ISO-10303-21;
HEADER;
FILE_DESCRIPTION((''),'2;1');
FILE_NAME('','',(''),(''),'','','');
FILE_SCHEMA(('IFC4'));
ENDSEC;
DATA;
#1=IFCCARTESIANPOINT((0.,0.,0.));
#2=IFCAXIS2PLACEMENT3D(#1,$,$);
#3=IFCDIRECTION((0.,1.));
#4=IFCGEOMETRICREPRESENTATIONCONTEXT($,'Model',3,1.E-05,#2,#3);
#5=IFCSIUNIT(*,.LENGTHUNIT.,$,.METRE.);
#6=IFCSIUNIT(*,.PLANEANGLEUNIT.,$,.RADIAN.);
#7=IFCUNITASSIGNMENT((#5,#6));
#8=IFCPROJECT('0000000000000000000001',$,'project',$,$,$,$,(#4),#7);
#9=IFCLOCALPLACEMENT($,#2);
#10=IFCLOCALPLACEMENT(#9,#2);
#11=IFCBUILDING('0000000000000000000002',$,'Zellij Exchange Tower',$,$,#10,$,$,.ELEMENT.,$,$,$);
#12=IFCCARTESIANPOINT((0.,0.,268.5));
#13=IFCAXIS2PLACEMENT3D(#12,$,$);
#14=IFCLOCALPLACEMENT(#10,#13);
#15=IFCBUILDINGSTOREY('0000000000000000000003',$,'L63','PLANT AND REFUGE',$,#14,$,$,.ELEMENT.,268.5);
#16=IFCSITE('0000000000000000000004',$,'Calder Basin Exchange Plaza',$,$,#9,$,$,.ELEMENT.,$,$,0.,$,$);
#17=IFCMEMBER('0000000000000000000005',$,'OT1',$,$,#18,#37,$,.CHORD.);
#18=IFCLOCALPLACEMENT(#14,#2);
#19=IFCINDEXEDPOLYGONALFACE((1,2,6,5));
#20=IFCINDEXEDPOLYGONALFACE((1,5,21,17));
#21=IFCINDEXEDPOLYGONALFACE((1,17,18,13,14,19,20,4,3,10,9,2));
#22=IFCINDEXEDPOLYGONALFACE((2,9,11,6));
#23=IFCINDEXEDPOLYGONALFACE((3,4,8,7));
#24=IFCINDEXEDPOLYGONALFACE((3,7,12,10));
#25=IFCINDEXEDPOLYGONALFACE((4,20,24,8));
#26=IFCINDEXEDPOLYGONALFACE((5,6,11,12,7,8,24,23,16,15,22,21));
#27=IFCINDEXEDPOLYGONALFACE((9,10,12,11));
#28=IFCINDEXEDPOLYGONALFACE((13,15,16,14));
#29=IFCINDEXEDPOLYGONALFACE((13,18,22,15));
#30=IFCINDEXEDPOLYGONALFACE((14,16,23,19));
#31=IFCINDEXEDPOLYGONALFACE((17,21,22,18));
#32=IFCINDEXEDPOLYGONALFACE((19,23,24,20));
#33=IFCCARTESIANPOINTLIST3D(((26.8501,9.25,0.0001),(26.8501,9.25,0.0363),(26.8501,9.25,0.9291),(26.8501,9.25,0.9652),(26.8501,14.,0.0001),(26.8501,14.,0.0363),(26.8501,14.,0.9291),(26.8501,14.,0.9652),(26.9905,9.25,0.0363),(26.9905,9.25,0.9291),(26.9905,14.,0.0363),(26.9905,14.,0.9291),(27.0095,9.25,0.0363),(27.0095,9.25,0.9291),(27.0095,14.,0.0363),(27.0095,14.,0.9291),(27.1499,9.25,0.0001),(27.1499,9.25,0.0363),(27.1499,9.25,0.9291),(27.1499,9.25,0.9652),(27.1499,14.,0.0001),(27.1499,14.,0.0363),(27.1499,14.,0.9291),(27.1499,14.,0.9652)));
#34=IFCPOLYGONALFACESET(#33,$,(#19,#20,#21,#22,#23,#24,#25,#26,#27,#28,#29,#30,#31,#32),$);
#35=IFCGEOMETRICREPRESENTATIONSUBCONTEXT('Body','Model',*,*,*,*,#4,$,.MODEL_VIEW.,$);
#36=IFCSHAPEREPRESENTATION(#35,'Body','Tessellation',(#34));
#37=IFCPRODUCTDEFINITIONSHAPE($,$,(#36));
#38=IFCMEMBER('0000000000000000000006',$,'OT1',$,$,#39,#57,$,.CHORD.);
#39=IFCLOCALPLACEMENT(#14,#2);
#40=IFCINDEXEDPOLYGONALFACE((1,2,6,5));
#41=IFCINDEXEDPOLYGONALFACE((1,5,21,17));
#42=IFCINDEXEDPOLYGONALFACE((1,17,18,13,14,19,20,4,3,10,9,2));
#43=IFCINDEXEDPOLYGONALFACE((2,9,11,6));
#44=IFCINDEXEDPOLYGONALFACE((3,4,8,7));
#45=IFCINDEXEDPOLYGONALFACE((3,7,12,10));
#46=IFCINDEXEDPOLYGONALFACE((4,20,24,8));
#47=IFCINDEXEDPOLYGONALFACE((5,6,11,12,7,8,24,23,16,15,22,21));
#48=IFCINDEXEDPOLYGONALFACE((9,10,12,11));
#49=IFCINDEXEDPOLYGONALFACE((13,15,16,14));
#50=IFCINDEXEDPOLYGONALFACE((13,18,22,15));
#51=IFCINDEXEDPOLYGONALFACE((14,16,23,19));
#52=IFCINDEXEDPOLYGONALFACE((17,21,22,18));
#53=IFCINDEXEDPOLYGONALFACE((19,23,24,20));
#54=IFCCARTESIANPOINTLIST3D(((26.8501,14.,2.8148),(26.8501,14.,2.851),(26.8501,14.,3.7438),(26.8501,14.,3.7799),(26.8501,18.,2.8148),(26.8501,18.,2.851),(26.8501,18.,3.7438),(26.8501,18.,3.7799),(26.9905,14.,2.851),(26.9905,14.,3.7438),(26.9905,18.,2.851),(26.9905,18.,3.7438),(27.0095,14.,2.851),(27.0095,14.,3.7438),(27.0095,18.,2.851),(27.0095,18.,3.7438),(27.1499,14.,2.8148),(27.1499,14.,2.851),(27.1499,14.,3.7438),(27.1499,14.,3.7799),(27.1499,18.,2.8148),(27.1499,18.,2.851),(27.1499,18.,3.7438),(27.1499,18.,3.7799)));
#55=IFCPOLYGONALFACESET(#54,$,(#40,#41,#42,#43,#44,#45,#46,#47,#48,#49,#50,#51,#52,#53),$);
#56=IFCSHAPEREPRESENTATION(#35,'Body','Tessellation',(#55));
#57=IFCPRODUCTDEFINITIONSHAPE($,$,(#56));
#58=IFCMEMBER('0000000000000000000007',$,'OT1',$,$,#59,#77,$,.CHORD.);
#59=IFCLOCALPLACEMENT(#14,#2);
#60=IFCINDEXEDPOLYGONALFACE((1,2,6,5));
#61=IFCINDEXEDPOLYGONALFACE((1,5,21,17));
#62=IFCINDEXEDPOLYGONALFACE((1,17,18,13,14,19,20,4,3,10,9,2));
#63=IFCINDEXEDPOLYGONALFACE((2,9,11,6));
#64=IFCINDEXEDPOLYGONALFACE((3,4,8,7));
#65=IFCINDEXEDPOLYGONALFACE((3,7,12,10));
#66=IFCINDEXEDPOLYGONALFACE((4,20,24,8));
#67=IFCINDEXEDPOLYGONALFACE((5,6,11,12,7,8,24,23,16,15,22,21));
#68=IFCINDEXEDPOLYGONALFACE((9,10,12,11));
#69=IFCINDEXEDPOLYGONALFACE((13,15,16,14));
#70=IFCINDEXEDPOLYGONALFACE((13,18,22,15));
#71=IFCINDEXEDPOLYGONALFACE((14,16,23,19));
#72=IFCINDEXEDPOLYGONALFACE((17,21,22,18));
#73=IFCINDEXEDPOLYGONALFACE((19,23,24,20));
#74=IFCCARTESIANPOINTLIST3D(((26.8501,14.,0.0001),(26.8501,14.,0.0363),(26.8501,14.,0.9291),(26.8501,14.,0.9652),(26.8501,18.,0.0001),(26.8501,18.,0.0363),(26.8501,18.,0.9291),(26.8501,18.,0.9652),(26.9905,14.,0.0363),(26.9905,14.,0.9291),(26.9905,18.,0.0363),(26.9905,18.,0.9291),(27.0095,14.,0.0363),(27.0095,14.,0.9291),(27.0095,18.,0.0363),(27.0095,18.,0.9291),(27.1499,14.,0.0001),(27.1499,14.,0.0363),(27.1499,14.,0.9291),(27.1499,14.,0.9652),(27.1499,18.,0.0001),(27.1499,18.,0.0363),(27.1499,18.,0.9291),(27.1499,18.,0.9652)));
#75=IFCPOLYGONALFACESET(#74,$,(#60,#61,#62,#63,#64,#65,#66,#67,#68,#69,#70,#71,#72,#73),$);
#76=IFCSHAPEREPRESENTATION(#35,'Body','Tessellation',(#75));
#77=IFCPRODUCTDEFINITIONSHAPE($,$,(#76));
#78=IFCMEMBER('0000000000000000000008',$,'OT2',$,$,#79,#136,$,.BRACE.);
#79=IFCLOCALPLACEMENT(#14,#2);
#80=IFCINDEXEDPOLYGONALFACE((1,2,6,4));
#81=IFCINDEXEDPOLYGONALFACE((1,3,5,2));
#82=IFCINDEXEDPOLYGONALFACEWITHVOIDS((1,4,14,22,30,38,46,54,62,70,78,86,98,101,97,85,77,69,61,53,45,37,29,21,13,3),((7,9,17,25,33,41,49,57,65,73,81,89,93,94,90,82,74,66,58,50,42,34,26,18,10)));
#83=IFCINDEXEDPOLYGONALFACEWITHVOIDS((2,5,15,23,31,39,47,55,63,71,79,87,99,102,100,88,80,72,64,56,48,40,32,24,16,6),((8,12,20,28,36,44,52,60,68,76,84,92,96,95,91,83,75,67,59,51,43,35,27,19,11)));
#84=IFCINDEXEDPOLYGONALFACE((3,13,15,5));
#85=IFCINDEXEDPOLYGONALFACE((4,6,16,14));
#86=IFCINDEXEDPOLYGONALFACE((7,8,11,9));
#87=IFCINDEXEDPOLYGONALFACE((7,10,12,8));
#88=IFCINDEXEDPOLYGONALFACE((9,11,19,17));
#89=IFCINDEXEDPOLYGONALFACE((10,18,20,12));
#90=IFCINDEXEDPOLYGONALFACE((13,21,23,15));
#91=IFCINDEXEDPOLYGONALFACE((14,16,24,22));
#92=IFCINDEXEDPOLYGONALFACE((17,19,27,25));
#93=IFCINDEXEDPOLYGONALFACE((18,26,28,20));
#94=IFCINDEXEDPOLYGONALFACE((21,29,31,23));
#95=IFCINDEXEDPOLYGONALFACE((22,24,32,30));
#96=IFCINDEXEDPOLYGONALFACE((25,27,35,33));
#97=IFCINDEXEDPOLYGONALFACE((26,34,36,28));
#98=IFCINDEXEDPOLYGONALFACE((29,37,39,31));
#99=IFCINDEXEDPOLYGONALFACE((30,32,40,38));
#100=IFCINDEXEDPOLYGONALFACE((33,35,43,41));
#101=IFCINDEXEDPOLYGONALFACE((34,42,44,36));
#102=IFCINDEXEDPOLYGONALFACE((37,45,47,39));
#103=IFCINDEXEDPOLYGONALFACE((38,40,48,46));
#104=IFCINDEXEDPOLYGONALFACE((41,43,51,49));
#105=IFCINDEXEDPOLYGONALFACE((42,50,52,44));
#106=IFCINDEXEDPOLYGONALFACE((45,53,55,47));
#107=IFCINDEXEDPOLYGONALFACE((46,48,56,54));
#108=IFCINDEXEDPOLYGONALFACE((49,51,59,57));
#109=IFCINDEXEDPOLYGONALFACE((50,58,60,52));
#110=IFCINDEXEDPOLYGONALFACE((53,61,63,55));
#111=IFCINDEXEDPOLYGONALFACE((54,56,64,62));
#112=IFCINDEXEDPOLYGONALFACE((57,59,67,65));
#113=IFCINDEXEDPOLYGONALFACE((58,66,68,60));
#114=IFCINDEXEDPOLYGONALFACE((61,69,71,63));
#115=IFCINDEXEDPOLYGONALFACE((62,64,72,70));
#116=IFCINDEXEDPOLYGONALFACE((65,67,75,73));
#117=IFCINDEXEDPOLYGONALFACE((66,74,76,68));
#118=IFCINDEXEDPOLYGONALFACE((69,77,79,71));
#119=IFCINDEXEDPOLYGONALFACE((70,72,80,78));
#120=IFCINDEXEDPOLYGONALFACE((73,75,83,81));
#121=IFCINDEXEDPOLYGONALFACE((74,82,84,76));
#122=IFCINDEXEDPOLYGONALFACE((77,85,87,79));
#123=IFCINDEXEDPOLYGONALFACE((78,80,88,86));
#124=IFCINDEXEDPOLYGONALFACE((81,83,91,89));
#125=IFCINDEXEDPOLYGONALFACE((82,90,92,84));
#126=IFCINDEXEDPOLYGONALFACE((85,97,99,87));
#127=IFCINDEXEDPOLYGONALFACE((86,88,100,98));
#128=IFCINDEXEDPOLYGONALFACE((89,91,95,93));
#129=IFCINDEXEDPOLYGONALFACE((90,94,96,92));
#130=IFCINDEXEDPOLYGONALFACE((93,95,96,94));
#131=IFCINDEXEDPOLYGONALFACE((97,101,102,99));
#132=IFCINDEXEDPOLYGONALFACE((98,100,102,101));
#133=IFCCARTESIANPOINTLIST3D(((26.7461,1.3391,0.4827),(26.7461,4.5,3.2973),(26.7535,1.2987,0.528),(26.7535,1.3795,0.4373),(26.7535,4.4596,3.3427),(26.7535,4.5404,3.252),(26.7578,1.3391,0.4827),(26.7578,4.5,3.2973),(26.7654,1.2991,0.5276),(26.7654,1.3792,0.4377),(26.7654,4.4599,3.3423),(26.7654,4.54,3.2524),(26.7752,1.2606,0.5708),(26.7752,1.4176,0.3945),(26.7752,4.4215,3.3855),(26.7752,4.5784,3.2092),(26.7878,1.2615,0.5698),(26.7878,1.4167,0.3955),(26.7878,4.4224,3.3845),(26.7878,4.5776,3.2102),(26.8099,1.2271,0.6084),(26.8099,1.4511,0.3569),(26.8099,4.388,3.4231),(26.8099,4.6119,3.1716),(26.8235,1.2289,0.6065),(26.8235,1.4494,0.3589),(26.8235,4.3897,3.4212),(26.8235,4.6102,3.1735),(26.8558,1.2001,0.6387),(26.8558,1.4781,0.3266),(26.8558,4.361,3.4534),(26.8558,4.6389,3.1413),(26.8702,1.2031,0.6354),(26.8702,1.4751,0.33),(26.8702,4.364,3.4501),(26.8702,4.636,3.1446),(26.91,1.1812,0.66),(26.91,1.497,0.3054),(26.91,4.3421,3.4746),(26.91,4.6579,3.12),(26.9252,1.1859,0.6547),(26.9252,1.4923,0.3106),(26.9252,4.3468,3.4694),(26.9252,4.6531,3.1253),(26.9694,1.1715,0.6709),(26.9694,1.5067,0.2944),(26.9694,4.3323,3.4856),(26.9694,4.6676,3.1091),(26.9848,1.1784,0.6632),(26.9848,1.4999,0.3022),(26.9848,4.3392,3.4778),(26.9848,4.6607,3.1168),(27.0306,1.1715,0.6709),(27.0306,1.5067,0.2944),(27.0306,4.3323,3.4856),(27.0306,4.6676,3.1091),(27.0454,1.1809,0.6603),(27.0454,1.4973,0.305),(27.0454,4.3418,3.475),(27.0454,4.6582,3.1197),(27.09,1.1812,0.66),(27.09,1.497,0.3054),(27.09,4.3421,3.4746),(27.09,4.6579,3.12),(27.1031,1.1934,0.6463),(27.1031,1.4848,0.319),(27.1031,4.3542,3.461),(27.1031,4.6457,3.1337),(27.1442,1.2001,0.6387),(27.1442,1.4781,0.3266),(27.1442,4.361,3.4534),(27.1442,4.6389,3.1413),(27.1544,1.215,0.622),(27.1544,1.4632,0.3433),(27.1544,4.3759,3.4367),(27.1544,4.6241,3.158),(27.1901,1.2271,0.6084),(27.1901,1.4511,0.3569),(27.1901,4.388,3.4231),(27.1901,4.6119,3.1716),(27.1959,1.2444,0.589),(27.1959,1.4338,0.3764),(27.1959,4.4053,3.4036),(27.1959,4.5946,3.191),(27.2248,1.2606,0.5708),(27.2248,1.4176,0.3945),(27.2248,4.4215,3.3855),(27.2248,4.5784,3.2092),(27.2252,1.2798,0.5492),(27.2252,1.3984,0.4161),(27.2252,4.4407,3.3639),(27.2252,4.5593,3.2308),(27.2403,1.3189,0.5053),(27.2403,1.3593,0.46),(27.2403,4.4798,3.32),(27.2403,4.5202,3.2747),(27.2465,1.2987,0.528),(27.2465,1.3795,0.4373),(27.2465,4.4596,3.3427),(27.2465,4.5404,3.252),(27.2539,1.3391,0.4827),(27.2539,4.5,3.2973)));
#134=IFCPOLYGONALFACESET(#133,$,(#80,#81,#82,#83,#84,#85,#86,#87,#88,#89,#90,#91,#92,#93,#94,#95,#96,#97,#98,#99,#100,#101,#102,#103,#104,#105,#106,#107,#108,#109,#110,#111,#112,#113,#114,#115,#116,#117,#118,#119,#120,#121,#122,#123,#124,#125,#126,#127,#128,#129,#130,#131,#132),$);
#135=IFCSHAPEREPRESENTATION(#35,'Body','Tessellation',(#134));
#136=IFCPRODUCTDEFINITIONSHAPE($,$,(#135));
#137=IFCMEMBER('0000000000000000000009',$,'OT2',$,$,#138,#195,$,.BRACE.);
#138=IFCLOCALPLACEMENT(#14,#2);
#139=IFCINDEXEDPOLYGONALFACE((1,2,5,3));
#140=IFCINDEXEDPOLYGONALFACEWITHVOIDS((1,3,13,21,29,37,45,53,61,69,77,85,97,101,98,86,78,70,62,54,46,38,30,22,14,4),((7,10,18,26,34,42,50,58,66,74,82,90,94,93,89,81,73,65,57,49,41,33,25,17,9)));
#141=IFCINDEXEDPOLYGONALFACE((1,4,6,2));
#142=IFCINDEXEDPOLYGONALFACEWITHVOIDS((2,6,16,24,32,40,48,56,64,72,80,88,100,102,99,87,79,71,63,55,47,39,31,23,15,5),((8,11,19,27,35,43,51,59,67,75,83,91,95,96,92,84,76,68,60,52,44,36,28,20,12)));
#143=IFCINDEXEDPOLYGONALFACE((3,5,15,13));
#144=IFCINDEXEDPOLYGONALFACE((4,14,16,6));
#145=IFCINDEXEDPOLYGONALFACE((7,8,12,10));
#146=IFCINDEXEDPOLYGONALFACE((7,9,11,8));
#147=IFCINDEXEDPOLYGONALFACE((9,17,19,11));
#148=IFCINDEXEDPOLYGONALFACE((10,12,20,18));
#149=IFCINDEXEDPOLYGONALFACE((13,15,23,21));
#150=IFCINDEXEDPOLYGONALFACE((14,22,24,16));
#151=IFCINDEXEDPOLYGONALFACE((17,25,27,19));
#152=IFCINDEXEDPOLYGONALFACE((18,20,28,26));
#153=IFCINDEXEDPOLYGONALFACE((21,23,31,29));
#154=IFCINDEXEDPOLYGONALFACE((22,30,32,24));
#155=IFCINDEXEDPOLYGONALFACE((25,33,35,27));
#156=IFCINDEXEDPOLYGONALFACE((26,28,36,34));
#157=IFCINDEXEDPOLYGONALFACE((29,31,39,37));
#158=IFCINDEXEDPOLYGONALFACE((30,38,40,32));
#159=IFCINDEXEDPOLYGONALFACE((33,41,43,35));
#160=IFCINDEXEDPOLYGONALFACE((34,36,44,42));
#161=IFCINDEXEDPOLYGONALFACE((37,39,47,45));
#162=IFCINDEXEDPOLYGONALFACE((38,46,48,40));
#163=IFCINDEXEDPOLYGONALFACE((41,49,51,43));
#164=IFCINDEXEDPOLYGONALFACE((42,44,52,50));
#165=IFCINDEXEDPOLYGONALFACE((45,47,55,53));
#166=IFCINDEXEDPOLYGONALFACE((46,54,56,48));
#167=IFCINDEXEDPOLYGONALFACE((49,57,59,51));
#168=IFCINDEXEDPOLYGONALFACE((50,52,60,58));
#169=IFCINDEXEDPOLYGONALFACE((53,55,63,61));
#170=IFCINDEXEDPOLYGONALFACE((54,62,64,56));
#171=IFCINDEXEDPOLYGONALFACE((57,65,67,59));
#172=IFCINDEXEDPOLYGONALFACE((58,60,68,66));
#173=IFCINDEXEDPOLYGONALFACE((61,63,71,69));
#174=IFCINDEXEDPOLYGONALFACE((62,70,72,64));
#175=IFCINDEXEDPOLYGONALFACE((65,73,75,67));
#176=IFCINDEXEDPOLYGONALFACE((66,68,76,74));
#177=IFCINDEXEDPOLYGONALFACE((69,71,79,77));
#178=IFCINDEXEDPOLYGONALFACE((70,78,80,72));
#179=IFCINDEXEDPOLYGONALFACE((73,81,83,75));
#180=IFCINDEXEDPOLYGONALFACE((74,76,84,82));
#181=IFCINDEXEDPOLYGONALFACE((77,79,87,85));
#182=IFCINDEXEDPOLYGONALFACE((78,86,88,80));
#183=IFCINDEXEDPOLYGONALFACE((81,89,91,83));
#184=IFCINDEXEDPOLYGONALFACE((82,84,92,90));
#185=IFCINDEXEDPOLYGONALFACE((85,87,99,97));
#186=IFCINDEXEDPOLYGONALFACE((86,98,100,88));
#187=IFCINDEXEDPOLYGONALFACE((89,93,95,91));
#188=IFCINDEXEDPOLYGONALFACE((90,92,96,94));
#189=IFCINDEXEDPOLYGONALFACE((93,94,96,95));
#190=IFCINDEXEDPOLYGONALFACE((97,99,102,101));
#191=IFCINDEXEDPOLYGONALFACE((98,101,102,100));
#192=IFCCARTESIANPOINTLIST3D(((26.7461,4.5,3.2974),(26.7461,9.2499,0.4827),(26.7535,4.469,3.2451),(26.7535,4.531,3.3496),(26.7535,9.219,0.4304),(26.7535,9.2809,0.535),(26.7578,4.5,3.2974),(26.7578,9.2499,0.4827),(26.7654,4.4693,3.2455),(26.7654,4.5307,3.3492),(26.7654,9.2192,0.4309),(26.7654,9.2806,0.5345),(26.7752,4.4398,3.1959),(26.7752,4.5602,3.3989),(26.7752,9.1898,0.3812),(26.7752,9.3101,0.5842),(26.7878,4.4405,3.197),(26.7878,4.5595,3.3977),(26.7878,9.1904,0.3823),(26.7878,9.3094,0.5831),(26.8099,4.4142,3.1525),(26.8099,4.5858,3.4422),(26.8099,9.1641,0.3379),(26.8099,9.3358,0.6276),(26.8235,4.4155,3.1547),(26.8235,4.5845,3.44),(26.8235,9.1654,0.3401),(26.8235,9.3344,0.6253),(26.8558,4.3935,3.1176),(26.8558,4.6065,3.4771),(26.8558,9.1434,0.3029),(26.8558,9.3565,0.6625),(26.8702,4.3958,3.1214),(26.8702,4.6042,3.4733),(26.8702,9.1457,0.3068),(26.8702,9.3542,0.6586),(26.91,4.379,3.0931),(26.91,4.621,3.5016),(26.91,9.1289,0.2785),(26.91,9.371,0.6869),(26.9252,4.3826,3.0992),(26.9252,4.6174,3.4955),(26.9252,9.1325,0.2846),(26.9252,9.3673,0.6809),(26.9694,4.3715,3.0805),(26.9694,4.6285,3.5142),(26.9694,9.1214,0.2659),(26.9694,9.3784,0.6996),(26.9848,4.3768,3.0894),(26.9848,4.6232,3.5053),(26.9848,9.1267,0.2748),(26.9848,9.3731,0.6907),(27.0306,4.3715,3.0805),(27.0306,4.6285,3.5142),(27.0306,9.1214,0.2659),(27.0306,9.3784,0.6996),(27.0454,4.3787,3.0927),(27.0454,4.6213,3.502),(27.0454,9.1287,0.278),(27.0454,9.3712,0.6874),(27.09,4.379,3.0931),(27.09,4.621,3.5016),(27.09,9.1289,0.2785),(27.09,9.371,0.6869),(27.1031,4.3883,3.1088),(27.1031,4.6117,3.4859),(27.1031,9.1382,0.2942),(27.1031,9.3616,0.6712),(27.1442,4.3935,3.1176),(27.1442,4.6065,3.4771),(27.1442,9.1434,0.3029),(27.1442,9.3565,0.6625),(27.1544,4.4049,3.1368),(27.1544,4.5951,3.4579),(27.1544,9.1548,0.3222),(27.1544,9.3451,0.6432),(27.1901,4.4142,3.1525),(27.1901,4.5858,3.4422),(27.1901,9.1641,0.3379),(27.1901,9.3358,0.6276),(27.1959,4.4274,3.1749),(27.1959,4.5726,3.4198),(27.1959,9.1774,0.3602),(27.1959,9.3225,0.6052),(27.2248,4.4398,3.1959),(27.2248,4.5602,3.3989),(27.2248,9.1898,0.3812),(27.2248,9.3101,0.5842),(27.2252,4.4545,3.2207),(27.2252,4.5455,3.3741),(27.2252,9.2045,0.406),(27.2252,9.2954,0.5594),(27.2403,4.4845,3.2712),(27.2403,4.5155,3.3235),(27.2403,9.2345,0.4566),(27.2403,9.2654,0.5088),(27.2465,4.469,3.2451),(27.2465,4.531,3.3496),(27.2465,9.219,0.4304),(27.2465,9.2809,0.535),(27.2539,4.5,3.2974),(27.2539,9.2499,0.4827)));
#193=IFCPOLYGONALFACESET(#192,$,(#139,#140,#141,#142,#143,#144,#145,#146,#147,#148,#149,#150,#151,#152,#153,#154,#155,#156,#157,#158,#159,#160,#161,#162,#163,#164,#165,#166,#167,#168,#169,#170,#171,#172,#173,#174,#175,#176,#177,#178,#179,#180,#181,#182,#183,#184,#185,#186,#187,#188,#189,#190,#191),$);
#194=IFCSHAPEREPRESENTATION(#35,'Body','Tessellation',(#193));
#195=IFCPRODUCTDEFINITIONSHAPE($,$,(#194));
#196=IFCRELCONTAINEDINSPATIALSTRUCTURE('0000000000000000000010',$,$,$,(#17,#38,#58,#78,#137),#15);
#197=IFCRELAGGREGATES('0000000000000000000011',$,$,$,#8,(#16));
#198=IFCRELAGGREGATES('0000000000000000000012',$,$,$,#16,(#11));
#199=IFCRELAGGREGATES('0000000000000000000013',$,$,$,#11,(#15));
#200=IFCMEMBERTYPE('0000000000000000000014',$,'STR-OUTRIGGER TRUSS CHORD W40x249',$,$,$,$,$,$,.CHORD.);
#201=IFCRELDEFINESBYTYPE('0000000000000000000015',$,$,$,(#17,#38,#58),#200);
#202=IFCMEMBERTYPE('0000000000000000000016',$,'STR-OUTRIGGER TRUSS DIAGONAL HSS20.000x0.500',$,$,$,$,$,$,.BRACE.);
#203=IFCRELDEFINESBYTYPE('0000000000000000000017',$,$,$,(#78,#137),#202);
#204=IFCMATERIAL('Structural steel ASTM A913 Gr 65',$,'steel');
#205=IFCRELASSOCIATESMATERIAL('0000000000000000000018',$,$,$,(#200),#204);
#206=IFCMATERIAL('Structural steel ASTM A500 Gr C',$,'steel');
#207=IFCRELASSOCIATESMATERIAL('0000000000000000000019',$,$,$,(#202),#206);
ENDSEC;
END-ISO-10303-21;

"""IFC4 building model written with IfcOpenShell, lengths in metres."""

from ifc_helpers import new_model, si_unit, direction, frame, origin, origin_2d, place, context, subcontext, project, spatial, hollow_circle, i_section, extrude, material, material_profile, profile_set, type_object, element, save


model = new_model("IFC4")

# Units and contexts
model_context = context("Model", 3, precision=1e-05, world=origin(), true_north=direction((0.0, 1.0)))
body_context = subcontext(model_context, "Body", "Model", "MODEL_VIEW")
ifc_project = project(units=[si_unit("LENGTHUNIT", "METRE"), si_unit("PLANEANGLEUNIT", "RADIAN")], contexts=[model_context])

# Site, building, storey
site_placement = place(None, origin())
site = spatial("IfcSite", under=ifc_project, at=site_placement, Name="Calder Basin Exchange Plaza", CompositionType="ELEMENT", RefElevation=0.0)
building_placement = place(site_placement, origin())
building = spatial("IfcBuilding", under=site, at=building_placement, Name="Zellij Exchange Tower", CompositionType="ELEMENT")
storey_placement = place(building_placement, frame((0.0, 0.0, 268.5)))
storey = spatial("IfcBuildingStorey", under=building, at=storey_placement, Name="L63", Description="PLANT AND REFUGE", CompositionType="ELEMENT", Elevation=268.5)

# Members
ifc_material_1 = material(Name="Structural steel ASTM A913 Gr 65", Category="steel")
ifc_material_profile_1 = material_profile(ifc_material_1, i_section(OverallWidth=0.2998, OverallDepth=0.9651, WebThickness=0.019, FlangeThickness=0.0361, at=origin_2d()), Name="W40x249")
ifc_profile_set_1 = profile_set([ifc_material_profile_1], Name="Structural steel ASTM A913 Gr 65")
member_type_1 = type_object("IfcMemberType", Name="STR-OUTRIGGER TRUSS CHORD W40x249", PredefinedType="CHORD", material=ifc_profile_set_1)
for number, where, z_axis, x_axis, name in (
    (1, (27.0, 9.25, 0.4827), (0.0, 1.0, 0.0), (-1.0, 0.0, 0.0), "OT1"),
):
    element("IfcMember", number, at=place(storey_placement, frame(where, z_axis=z_axis, x_axis=x_axis)), inside=storey, type_object=member_type_1, Name=name, PredefinedType="CHORD", context=body_context, shape_type="SweptSolid", body=[
        extrude(i_section(OverallWidth=0.2998, OverallDepth=0.9651, WebThickness=0.019, FlangeThickness=0.0361, at=origin_2d()), origin(), (0.0, 0.0, 1.0), 4.75),
    ])
for number, where, z_axis, x_axis, name in (
    (2, (27.0, 14.0, 3.2974), (0.0, 1.0, 0.0), (-1.0, 0.0, 0.0), "OT1"),
    (3, (27.0, 14.0, 0.4827), (0.0, 1.0, 0.0), (-1.0, 0.0, 0.0), "OT1"),
):
    element("IfcMember", number, at=place(storey_placement, frame(where, z_axis=z_axis, x_axis=x_axis)), inside=storey, type_object=member_type_1, Name=name, PredefinedType="CHORD", context=body_context, shape_type="SweptSolid", body=[
        extrude(i_section(OverallWidth=0.2998, OverallDepth=0.9651, WebThickness=0.019, FlangeThickness=0.0361, at=origin_2d()), origin(), (0.0, 0.0, 1.0), 4.0),
    ])
ifc_material_2 = material(Name="Structural steel ASTM A500 Gr C", Category="steel")
ifc_material_profile_2 = material_profile(ifc_material_2, hollow_circle(Radius=0.2539, WallThickness=0.0117, at=origin_2d()), Name="STR-OUTRIGGER TRUSS DIAGONAL HSS20.000x0.500")
ifc_profile_set_2 = profile_set([ifc_material_profile_2], Name="Structural steel ASTM A500 Gr C")
member_type_2 = type_object("IfcMemberType", Name="STR-OUTRIGGER TRUSS DIAGONAL HSS20.000x0.500", PredefinedType="BRACE", material=ifc_profile_set_2)
member_placement = place(storey_placement, frame((27.0, 1.3391, 0.4827), z_axis=(0.0, 0.74682, 0.665026), x_axis=(-1.0, 0.0, 0.0)))
element("IfcMember", 4, at=member_placement, inside=storey, type_object=member_type_2, Name="OT2", PredefinedType="BRACE", context=body_context, shape_type="SweptSolid", body=[
    extrude(hollow_circle(Radius=0.2539, WallThickness=0.0117, at=origin_2d()), origin(), (0.0, 0.0, 1.0), 4.2324),
])
for number, where, z_axis, x_axis, name in (
    (5, (27.0, 4.5, 3.2974), (0.0, 0.860301, -0.509787), (-1.0, 0.0, 0.0), "OT2"),
):
    element("IfcMember", number, at=place(storey_placement, frame(where, z_axis=z_axis, x_axis=x_axis)), inside=storey, type_object=member_type_2, Name=name, PredefinedType="BRACE", context=body_context, shape_type="SweptSolid", body=[
        extrude(hollow_circle(Radius=0.2539, WallThickness=0.0117, at=origin_2d()), origin(), (0.0, 0.0, 1.0), 5.5212),
    ])

save(model, "model.ifc")
